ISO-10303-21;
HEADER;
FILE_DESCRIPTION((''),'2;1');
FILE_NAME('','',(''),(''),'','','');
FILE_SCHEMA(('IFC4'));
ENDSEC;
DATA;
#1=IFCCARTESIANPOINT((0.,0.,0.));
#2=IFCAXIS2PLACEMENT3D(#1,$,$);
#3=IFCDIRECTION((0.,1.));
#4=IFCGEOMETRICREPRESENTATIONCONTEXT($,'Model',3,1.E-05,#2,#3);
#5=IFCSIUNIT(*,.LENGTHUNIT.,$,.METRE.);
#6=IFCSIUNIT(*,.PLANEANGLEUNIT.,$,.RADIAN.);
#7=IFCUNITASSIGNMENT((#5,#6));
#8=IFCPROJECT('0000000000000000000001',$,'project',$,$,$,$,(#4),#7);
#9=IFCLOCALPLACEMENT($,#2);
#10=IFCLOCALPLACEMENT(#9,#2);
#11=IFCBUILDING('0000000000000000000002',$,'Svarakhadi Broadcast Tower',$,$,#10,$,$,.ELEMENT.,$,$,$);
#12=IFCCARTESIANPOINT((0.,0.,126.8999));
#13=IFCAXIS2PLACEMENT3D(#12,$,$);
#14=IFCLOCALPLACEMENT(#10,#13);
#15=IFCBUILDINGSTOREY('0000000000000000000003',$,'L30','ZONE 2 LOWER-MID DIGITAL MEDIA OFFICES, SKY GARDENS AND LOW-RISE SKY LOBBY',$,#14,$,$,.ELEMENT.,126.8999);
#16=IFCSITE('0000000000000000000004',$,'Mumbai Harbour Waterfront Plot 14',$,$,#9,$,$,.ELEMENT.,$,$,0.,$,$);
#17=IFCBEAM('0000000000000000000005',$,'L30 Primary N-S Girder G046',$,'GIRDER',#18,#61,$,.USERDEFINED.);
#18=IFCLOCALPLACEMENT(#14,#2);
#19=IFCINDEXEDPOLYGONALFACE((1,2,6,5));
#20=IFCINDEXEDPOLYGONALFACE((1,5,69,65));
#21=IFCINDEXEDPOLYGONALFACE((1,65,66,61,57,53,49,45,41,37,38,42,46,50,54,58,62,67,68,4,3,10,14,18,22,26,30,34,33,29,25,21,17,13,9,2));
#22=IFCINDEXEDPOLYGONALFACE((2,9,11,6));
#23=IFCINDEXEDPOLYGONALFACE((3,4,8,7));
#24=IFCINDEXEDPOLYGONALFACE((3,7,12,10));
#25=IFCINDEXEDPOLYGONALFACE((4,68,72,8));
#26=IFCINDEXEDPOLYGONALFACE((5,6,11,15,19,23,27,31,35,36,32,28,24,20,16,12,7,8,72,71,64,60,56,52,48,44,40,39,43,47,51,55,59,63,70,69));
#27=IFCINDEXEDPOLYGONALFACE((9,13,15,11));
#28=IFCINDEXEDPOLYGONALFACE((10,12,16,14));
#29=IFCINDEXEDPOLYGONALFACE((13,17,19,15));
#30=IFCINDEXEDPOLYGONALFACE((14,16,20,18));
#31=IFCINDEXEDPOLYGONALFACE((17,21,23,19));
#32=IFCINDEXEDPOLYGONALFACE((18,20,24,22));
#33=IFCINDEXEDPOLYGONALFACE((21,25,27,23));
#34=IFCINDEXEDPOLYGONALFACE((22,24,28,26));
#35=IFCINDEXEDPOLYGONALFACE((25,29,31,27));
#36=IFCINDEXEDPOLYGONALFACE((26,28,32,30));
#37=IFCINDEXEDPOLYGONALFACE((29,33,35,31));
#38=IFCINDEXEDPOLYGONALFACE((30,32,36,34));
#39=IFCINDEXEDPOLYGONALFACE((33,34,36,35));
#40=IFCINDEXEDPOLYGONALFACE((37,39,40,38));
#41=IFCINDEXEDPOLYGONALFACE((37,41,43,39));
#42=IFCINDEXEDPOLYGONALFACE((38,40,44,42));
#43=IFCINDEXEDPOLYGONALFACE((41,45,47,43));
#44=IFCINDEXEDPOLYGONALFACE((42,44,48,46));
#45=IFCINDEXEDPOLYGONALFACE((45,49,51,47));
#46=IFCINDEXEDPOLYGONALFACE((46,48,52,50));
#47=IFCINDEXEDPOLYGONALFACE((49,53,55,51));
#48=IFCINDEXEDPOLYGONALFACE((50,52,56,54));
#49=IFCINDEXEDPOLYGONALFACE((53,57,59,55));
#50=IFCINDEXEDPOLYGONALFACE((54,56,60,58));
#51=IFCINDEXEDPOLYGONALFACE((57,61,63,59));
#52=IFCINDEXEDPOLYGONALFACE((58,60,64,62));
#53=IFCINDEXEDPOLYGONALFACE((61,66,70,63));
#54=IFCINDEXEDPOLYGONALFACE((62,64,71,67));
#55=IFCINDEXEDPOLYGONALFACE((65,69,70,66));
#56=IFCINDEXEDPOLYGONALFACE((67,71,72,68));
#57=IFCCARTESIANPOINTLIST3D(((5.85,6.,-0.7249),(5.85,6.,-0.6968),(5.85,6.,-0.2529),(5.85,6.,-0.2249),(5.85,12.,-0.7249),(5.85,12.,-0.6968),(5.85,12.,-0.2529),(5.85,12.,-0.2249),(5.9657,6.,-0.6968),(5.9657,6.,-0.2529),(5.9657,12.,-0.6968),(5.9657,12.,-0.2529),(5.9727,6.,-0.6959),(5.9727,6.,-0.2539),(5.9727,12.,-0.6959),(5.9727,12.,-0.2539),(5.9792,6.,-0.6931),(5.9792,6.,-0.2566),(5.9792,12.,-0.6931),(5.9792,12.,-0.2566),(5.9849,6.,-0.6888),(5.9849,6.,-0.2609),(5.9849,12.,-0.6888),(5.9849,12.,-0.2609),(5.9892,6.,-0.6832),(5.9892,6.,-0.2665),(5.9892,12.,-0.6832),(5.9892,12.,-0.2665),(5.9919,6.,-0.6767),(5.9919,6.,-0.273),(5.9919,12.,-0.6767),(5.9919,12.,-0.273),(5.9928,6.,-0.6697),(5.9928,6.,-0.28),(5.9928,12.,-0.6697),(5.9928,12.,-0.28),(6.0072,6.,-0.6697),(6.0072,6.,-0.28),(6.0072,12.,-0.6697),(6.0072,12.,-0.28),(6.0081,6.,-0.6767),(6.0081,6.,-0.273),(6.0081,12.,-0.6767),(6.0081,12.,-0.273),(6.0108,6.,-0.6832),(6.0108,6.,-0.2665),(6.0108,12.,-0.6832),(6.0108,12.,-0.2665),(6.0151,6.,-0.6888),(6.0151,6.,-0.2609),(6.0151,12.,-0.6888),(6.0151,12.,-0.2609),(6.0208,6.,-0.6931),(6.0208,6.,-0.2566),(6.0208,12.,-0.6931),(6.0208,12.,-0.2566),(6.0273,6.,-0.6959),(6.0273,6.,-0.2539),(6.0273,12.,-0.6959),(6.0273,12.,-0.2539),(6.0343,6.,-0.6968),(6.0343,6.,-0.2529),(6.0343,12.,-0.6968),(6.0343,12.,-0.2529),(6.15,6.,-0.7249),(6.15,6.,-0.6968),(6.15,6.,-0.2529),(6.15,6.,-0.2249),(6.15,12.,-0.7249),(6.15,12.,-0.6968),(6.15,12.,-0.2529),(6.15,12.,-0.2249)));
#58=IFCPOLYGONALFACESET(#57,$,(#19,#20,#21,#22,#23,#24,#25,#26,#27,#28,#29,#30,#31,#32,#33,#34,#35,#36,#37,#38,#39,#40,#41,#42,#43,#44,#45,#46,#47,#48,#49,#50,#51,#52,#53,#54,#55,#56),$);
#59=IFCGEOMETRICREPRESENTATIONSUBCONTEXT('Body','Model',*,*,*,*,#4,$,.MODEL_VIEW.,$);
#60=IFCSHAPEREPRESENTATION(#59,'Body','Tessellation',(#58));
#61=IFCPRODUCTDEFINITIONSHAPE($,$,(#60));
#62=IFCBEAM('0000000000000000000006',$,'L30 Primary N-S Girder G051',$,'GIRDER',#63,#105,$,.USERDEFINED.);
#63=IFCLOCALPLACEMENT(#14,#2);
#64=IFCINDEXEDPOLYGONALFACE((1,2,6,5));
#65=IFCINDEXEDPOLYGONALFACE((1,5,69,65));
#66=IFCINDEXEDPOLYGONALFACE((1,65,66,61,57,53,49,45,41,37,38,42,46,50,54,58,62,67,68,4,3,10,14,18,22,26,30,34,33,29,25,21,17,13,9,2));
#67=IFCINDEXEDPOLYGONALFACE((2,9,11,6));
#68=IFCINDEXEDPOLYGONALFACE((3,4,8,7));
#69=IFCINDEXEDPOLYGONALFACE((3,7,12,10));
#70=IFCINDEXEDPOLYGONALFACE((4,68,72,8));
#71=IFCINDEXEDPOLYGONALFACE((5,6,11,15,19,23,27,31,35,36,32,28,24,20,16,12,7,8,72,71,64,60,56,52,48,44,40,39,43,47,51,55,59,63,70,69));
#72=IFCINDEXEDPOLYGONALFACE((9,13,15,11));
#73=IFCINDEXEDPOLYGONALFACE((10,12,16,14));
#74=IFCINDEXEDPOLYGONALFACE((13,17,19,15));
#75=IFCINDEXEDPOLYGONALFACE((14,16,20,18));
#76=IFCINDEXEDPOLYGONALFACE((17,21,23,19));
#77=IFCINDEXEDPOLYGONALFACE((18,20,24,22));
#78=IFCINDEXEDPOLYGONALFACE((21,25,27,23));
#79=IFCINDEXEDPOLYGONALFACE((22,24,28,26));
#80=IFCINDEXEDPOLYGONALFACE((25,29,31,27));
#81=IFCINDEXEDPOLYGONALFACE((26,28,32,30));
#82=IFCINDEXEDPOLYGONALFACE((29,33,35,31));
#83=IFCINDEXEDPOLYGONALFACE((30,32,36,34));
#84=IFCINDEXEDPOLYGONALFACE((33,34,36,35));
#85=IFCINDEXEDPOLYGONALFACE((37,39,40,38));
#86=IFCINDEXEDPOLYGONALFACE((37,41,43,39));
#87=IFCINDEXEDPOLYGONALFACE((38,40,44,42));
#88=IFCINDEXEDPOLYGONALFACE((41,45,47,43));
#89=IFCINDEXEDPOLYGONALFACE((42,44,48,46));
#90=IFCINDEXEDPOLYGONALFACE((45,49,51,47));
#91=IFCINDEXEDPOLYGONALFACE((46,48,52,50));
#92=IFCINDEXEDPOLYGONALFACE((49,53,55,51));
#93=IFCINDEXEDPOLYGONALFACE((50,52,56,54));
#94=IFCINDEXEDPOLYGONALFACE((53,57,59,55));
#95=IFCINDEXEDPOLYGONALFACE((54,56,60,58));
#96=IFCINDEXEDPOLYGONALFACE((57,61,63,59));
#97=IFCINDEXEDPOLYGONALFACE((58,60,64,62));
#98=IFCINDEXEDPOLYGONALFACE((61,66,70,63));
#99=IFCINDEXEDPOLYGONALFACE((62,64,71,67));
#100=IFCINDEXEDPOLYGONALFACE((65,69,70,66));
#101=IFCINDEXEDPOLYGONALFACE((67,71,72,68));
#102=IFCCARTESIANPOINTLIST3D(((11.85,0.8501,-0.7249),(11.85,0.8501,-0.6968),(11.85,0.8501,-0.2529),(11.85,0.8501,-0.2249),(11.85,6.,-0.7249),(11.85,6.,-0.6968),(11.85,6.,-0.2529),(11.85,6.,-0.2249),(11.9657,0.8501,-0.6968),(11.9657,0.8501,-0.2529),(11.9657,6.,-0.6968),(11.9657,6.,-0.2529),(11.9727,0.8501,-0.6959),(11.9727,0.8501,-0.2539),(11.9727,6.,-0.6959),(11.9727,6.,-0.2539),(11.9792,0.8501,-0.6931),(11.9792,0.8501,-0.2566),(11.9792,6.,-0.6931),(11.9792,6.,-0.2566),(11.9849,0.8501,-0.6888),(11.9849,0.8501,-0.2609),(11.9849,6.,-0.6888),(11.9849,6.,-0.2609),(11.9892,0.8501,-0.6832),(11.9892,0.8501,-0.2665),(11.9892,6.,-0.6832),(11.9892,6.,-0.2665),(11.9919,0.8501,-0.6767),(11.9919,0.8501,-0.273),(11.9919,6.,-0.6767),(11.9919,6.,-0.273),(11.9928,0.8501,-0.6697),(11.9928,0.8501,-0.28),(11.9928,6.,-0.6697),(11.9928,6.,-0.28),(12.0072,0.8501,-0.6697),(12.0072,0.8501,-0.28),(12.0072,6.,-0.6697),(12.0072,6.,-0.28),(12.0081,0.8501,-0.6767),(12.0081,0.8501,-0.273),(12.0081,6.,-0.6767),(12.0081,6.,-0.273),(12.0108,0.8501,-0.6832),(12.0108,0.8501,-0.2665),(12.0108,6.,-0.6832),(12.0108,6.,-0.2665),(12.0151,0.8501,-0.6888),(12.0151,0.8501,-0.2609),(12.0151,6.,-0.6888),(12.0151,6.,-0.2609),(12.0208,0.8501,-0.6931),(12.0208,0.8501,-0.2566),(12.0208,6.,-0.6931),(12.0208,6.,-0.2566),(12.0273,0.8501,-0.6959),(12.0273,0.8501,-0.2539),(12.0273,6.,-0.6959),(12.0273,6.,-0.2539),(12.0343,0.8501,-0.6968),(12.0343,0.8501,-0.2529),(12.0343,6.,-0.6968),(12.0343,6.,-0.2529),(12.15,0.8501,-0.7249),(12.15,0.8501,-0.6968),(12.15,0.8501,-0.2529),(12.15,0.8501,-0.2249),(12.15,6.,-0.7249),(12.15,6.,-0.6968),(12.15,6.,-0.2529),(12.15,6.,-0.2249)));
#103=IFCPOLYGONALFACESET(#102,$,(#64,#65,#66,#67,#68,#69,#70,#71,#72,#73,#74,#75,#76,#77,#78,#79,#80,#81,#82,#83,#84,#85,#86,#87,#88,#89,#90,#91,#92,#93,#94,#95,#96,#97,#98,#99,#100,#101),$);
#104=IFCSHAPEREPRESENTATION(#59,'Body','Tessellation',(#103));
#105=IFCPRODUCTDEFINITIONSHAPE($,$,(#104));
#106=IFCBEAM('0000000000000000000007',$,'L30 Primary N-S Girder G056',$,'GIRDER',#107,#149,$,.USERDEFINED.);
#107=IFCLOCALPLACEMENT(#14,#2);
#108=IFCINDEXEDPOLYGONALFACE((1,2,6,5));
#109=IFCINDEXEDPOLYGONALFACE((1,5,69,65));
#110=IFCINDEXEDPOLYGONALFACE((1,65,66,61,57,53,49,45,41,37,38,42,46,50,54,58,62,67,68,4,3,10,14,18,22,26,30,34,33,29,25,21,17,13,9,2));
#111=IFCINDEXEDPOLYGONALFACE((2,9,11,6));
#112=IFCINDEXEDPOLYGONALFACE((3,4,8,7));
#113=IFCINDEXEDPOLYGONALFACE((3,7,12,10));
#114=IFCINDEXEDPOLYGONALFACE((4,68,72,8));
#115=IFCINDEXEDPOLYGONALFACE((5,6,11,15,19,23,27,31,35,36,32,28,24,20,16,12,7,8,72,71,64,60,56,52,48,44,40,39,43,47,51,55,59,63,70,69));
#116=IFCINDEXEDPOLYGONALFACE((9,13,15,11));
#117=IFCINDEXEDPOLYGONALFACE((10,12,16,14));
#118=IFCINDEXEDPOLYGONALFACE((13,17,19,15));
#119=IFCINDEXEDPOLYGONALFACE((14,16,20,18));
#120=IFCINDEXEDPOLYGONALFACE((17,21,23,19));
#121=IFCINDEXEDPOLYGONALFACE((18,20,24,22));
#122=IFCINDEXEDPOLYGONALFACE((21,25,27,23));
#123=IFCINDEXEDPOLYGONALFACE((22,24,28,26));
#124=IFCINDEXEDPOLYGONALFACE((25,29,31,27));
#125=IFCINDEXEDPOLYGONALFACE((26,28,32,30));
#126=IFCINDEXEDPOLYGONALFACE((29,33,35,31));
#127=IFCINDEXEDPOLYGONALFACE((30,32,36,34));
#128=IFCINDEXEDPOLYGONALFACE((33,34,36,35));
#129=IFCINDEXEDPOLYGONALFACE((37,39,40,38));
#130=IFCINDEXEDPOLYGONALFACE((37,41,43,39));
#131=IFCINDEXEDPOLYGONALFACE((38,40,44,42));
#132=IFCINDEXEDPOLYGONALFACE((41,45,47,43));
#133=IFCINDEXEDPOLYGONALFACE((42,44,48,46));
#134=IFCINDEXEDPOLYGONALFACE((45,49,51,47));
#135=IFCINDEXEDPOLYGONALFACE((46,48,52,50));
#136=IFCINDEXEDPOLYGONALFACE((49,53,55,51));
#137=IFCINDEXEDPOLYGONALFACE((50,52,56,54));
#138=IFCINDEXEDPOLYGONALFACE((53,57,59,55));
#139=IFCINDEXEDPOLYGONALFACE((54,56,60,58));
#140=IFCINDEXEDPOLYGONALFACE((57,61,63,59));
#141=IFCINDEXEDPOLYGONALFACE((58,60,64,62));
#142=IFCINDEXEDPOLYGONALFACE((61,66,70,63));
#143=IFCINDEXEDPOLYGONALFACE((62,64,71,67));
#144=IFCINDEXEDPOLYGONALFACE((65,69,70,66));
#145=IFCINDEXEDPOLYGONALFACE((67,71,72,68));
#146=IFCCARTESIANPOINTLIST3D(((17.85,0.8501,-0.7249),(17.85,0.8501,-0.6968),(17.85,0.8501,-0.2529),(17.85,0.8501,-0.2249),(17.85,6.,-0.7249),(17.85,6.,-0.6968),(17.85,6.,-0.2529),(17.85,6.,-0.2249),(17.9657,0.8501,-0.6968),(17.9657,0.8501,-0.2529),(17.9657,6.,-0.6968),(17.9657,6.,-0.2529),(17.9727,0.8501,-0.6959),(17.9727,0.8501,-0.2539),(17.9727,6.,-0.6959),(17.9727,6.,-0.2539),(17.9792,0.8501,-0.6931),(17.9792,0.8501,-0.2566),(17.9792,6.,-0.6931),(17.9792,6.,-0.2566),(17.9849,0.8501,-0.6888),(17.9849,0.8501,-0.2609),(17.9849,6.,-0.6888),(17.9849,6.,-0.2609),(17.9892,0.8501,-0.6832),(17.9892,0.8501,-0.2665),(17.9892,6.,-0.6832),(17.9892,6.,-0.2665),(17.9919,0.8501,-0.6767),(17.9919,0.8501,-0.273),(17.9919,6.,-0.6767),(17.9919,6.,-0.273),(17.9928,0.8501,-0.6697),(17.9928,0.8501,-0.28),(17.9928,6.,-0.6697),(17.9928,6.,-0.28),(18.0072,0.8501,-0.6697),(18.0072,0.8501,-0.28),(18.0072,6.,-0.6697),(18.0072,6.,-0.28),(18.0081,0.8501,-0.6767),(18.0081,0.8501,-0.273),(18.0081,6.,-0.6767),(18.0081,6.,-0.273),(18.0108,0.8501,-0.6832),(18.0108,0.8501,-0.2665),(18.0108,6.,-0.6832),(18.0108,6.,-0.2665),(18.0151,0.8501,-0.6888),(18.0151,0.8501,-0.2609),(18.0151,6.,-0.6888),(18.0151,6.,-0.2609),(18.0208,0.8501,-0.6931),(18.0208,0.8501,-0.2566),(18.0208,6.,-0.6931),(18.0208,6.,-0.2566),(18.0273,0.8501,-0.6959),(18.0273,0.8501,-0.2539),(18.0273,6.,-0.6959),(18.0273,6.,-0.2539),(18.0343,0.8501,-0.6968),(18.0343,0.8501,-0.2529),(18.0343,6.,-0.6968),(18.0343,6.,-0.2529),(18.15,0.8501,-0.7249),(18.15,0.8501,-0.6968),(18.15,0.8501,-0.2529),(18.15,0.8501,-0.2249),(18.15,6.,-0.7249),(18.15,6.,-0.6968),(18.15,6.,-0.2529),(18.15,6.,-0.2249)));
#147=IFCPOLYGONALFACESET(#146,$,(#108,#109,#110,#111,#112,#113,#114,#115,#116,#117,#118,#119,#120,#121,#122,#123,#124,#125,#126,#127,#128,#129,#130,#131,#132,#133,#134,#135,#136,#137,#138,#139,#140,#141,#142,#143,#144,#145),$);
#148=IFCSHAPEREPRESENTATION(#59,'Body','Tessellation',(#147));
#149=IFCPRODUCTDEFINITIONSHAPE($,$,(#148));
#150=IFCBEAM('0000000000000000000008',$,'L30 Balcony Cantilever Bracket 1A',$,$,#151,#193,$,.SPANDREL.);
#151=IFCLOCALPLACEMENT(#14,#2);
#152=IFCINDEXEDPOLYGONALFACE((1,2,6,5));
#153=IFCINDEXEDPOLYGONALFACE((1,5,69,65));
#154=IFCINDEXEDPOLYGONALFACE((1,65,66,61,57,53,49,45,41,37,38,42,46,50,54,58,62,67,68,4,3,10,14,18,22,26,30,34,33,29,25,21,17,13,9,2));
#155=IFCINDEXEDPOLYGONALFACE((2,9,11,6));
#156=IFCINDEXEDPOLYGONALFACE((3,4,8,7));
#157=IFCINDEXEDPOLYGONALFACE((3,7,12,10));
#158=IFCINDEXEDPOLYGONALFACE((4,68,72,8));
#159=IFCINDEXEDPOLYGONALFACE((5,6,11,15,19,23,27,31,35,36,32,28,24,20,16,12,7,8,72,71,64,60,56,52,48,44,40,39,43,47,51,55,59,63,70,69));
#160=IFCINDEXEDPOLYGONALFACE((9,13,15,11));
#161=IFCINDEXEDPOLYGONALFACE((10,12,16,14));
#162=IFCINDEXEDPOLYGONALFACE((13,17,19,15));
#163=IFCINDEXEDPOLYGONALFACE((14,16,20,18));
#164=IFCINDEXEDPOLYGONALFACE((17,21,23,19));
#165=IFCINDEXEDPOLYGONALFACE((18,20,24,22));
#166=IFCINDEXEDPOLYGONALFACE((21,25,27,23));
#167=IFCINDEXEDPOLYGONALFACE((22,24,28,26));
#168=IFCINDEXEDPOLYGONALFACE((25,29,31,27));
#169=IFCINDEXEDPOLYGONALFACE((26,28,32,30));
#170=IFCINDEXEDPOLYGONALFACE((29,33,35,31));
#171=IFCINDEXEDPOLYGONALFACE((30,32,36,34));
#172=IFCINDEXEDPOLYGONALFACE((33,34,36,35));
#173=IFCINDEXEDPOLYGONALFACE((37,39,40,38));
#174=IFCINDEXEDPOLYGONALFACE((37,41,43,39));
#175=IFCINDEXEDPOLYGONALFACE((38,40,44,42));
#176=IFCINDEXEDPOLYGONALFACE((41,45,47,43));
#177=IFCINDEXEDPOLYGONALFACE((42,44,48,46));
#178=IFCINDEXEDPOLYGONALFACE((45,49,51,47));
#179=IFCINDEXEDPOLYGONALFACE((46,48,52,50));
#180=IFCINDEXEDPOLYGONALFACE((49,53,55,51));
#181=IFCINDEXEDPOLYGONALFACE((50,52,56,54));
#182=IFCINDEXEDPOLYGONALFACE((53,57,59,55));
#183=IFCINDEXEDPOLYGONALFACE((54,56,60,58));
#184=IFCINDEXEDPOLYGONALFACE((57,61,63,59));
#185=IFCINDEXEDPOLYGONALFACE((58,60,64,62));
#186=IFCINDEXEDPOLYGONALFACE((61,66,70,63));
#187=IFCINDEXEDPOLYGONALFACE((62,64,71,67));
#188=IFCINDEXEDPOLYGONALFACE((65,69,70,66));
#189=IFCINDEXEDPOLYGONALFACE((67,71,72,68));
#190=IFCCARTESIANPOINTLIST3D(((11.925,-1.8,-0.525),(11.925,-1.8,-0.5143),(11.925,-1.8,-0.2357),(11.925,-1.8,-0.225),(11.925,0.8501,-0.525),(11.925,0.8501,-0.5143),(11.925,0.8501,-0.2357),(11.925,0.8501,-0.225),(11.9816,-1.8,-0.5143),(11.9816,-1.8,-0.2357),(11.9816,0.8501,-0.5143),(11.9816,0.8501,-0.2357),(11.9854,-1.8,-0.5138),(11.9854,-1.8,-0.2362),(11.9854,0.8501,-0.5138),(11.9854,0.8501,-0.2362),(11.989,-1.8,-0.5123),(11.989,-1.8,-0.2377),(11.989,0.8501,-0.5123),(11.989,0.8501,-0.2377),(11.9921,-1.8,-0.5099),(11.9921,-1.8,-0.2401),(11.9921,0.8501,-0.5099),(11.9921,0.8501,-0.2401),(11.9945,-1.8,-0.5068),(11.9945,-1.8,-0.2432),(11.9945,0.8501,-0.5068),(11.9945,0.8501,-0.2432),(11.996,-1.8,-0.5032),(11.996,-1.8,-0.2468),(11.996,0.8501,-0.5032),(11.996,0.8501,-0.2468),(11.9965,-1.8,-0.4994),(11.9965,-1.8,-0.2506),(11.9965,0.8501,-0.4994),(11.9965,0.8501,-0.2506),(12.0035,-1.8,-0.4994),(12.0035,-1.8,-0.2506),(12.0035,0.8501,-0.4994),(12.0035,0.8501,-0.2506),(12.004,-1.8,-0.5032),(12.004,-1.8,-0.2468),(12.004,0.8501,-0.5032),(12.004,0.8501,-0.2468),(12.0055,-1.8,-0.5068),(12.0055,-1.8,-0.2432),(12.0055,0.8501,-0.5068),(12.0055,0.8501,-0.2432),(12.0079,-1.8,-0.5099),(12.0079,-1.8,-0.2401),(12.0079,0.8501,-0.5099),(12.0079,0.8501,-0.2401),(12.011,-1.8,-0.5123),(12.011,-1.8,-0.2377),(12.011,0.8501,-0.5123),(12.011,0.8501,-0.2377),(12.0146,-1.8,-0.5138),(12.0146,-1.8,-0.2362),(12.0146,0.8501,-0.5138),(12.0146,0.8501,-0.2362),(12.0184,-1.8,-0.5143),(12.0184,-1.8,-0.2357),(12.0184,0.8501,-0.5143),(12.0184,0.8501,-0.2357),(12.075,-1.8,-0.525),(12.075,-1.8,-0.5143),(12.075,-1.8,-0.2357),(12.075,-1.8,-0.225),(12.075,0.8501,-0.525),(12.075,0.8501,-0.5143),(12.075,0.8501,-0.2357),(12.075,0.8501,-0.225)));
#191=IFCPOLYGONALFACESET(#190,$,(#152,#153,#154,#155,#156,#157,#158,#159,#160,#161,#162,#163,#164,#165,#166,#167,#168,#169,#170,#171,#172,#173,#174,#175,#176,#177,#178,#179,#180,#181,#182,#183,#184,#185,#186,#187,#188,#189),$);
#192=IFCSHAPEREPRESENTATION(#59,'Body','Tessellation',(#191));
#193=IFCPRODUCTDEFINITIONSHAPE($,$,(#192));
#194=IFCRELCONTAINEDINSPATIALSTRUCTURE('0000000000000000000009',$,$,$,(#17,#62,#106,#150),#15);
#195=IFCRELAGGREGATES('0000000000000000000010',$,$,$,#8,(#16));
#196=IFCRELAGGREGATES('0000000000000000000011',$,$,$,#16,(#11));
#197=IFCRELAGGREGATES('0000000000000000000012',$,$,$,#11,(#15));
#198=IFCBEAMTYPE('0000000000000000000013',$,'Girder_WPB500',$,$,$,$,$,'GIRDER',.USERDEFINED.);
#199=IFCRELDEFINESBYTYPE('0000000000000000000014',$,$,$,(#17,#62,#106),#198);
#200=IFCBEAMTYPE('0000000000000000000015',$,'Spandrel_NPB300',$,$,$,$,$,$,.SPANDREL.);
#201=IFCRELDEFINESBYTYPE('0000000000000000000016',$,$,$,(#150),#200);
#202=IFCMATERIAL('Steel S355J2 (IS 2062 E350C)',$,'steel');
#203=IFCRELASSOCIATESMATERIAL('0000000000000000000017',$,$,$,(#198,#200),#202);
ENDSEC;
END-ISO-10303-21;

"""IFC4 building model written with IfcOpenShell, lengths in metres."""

from ifc_helpers import new_model, si_unit, direction, frame, origin, origin_2d, place, context, subcontext, project, spatial, i_section, extrude, material, material_profile, profile_set, type_object, element, save


model = new_model("IFC4")

# Units and contexts
model_context = context("Model", 3, precision=1e-05, world=origin(), true_north=direction((0.0, 1.0)))
body_context = subcontext(model_context, "Body", "Model", "MODEL_VIEW")
ifc_project = project(units=[si_unit("LENGTHUNIT", "METRE"), si_unit("PLANEANGLEUNIT", "RADIAN")], contexts=[model_context])

# Site, building, storey
site_placement = place(None, origin())
site = spatial("IfcSite", under=ifc_project, at=site_placement, Name="Mumbai Harbour Waterfront Plot 14", CompositionType="ELEMENT", RefElevation=0.0)
building_placement = place(site_placement, origin())
building = spatial("IfcBuilding", under=site, at=building_placement, Name="Svarakhadi Broadcast Tower", CompositionType="ELEMENT")
storey_placement = place(building_placement, frame((0.0, 0.0, 126.8999)))
storey = spatial("IfcBuildingStorey", under=building, at=storey_placement, Name="L30", Description="ZONE 2 LOWER-MID DIGITAL MEDIA OFFICES, SKY GARDENS AND LOW-RISE SKY LOBBY", CompositionType="ELEMENT", Elevation=126.8999)

# Shared definitions
ifc_material_1 = material(Name="Steel S355J2 (IS 2062 E350C)", Category="steel")

# Beams
ifc_material_profile_1 = material_profile(ifc_material_1, i_section(OverallWidth=0.3, OverallDepth=0.5, WebThickness=0.0144, FlangeThickness=0.0281, FilletRadius=0.0271, at=origin_2d()), Name="WPB 500x300x187")
ifc_profile_set_1 = profile_set([ifc_material_profile_1], Name="Steel S355J2 (IS 2062 E350C)")
beam_type_1 = type_object("IfcBeamType", Name="Girder_WPB500", ElementType="GIRDER", PredefinedType="USERDEFINED", material=ifc_profile_set_1)
beam_1_placement = place(storey_placement, frame((6.0, 6.0, -0.4749), z_axis=(0.0, 1.0, 0.0), x_axis=(-1.0, 0.0, 0.0)))
element("IfcBeam", 1, at=beam_1_placement, inside=storey, type_object=beam_type_1, Name="L30 Primary N-S Girder G046", ObjectType="GIRDER", PredefinedType="USERDEFINED", context=body_context, shape_type="SweptSolid", body=[
    extrude(i_section(OverallWidth=0.3, OverallDepth=0.5, WebThickness=0.0144, FlangeThickness=0.0281, FilletRadius=0.0271, at=origin_2d()), origin(), (0.0, 0.0, 1.0), 6.0),
])
for number, where, z_axis, x_axis, name in (
    (2, (12.0, 0.8501, -0.4749), (0.0, 1.0, 0.0), (-1.0, 0.0, 0.0), "L30 Primary N-S Girder G051"),
    (3, (18.0, 0.8501, -0.4749), (0.0, 1.0, 0.0), (-1.0, 0.0, 0.0), "L30 Primary N-S Girder G056"),
):
    element("IfcBeam", number, at=place(storey_placement, frame(where, z_axis=z_axis, x_axis=x_axis)), inside=storey, type_object=beam_type_1, Name=name, ObjectType="GIRDER", PredefinedType="USERDEFINED", context=body_context, shape_type="SweptSolid", body=[
        extrude(i_section(OverallWidth=0.3, OverallDepth=0.5, WebThickness=0.0144, FlangeThickness=0.0281, FilletRadius=0.0271, at=origin_2d()), origin(), (0.0, 0.0, 1.0), 5.1499),
    ])
ifc_material_profile_2 = material_profile(ifc_material_1, i_section(OverallWidth=0.1499, OverallDepth=0.3, WebThickness=0.0071, FlangeThickness=0.0107, FilletRadius=0.0149, at=origin_2d()), Name="NPB 300x150x37")
ifc_profile_set_2 = profile_set([ifc_material_profile_2], Name="Steel S355J2 (IS 2062 E350C)")
beam_type_2 = type_object("IfcBeamType", Name="Spandrel_NPB300", PredefinedType="SPANDREL", material=ifc_profile_set_2)
beam_2_placement = place(storey_placement, frame((12.0, 0.8501, -0.375), z_axis=(0.0, -1.0, 0.0), x_axis=(1.0, 0.0, 0.0)))
element("IfcBeam", 4, at=beam_2_placement, inside=storey, type_object=beam_type_2, Name="L30 Balcony Cantilever Bracket 1A", PredefinedType="SPANDREL", context=body_context, shape_type="SweptSolid", body=[
    extrude(i_section(OverallWidth=0.1499, OverallDepth=0.3, WebThickness=0.0071, FlangeThickness=0.0107, FilletRadius=0.0149, at=origin_2d()), origin(), (0.0, 0.0, 1.0), 2.6501),
])

save(model, "model.ifc")
